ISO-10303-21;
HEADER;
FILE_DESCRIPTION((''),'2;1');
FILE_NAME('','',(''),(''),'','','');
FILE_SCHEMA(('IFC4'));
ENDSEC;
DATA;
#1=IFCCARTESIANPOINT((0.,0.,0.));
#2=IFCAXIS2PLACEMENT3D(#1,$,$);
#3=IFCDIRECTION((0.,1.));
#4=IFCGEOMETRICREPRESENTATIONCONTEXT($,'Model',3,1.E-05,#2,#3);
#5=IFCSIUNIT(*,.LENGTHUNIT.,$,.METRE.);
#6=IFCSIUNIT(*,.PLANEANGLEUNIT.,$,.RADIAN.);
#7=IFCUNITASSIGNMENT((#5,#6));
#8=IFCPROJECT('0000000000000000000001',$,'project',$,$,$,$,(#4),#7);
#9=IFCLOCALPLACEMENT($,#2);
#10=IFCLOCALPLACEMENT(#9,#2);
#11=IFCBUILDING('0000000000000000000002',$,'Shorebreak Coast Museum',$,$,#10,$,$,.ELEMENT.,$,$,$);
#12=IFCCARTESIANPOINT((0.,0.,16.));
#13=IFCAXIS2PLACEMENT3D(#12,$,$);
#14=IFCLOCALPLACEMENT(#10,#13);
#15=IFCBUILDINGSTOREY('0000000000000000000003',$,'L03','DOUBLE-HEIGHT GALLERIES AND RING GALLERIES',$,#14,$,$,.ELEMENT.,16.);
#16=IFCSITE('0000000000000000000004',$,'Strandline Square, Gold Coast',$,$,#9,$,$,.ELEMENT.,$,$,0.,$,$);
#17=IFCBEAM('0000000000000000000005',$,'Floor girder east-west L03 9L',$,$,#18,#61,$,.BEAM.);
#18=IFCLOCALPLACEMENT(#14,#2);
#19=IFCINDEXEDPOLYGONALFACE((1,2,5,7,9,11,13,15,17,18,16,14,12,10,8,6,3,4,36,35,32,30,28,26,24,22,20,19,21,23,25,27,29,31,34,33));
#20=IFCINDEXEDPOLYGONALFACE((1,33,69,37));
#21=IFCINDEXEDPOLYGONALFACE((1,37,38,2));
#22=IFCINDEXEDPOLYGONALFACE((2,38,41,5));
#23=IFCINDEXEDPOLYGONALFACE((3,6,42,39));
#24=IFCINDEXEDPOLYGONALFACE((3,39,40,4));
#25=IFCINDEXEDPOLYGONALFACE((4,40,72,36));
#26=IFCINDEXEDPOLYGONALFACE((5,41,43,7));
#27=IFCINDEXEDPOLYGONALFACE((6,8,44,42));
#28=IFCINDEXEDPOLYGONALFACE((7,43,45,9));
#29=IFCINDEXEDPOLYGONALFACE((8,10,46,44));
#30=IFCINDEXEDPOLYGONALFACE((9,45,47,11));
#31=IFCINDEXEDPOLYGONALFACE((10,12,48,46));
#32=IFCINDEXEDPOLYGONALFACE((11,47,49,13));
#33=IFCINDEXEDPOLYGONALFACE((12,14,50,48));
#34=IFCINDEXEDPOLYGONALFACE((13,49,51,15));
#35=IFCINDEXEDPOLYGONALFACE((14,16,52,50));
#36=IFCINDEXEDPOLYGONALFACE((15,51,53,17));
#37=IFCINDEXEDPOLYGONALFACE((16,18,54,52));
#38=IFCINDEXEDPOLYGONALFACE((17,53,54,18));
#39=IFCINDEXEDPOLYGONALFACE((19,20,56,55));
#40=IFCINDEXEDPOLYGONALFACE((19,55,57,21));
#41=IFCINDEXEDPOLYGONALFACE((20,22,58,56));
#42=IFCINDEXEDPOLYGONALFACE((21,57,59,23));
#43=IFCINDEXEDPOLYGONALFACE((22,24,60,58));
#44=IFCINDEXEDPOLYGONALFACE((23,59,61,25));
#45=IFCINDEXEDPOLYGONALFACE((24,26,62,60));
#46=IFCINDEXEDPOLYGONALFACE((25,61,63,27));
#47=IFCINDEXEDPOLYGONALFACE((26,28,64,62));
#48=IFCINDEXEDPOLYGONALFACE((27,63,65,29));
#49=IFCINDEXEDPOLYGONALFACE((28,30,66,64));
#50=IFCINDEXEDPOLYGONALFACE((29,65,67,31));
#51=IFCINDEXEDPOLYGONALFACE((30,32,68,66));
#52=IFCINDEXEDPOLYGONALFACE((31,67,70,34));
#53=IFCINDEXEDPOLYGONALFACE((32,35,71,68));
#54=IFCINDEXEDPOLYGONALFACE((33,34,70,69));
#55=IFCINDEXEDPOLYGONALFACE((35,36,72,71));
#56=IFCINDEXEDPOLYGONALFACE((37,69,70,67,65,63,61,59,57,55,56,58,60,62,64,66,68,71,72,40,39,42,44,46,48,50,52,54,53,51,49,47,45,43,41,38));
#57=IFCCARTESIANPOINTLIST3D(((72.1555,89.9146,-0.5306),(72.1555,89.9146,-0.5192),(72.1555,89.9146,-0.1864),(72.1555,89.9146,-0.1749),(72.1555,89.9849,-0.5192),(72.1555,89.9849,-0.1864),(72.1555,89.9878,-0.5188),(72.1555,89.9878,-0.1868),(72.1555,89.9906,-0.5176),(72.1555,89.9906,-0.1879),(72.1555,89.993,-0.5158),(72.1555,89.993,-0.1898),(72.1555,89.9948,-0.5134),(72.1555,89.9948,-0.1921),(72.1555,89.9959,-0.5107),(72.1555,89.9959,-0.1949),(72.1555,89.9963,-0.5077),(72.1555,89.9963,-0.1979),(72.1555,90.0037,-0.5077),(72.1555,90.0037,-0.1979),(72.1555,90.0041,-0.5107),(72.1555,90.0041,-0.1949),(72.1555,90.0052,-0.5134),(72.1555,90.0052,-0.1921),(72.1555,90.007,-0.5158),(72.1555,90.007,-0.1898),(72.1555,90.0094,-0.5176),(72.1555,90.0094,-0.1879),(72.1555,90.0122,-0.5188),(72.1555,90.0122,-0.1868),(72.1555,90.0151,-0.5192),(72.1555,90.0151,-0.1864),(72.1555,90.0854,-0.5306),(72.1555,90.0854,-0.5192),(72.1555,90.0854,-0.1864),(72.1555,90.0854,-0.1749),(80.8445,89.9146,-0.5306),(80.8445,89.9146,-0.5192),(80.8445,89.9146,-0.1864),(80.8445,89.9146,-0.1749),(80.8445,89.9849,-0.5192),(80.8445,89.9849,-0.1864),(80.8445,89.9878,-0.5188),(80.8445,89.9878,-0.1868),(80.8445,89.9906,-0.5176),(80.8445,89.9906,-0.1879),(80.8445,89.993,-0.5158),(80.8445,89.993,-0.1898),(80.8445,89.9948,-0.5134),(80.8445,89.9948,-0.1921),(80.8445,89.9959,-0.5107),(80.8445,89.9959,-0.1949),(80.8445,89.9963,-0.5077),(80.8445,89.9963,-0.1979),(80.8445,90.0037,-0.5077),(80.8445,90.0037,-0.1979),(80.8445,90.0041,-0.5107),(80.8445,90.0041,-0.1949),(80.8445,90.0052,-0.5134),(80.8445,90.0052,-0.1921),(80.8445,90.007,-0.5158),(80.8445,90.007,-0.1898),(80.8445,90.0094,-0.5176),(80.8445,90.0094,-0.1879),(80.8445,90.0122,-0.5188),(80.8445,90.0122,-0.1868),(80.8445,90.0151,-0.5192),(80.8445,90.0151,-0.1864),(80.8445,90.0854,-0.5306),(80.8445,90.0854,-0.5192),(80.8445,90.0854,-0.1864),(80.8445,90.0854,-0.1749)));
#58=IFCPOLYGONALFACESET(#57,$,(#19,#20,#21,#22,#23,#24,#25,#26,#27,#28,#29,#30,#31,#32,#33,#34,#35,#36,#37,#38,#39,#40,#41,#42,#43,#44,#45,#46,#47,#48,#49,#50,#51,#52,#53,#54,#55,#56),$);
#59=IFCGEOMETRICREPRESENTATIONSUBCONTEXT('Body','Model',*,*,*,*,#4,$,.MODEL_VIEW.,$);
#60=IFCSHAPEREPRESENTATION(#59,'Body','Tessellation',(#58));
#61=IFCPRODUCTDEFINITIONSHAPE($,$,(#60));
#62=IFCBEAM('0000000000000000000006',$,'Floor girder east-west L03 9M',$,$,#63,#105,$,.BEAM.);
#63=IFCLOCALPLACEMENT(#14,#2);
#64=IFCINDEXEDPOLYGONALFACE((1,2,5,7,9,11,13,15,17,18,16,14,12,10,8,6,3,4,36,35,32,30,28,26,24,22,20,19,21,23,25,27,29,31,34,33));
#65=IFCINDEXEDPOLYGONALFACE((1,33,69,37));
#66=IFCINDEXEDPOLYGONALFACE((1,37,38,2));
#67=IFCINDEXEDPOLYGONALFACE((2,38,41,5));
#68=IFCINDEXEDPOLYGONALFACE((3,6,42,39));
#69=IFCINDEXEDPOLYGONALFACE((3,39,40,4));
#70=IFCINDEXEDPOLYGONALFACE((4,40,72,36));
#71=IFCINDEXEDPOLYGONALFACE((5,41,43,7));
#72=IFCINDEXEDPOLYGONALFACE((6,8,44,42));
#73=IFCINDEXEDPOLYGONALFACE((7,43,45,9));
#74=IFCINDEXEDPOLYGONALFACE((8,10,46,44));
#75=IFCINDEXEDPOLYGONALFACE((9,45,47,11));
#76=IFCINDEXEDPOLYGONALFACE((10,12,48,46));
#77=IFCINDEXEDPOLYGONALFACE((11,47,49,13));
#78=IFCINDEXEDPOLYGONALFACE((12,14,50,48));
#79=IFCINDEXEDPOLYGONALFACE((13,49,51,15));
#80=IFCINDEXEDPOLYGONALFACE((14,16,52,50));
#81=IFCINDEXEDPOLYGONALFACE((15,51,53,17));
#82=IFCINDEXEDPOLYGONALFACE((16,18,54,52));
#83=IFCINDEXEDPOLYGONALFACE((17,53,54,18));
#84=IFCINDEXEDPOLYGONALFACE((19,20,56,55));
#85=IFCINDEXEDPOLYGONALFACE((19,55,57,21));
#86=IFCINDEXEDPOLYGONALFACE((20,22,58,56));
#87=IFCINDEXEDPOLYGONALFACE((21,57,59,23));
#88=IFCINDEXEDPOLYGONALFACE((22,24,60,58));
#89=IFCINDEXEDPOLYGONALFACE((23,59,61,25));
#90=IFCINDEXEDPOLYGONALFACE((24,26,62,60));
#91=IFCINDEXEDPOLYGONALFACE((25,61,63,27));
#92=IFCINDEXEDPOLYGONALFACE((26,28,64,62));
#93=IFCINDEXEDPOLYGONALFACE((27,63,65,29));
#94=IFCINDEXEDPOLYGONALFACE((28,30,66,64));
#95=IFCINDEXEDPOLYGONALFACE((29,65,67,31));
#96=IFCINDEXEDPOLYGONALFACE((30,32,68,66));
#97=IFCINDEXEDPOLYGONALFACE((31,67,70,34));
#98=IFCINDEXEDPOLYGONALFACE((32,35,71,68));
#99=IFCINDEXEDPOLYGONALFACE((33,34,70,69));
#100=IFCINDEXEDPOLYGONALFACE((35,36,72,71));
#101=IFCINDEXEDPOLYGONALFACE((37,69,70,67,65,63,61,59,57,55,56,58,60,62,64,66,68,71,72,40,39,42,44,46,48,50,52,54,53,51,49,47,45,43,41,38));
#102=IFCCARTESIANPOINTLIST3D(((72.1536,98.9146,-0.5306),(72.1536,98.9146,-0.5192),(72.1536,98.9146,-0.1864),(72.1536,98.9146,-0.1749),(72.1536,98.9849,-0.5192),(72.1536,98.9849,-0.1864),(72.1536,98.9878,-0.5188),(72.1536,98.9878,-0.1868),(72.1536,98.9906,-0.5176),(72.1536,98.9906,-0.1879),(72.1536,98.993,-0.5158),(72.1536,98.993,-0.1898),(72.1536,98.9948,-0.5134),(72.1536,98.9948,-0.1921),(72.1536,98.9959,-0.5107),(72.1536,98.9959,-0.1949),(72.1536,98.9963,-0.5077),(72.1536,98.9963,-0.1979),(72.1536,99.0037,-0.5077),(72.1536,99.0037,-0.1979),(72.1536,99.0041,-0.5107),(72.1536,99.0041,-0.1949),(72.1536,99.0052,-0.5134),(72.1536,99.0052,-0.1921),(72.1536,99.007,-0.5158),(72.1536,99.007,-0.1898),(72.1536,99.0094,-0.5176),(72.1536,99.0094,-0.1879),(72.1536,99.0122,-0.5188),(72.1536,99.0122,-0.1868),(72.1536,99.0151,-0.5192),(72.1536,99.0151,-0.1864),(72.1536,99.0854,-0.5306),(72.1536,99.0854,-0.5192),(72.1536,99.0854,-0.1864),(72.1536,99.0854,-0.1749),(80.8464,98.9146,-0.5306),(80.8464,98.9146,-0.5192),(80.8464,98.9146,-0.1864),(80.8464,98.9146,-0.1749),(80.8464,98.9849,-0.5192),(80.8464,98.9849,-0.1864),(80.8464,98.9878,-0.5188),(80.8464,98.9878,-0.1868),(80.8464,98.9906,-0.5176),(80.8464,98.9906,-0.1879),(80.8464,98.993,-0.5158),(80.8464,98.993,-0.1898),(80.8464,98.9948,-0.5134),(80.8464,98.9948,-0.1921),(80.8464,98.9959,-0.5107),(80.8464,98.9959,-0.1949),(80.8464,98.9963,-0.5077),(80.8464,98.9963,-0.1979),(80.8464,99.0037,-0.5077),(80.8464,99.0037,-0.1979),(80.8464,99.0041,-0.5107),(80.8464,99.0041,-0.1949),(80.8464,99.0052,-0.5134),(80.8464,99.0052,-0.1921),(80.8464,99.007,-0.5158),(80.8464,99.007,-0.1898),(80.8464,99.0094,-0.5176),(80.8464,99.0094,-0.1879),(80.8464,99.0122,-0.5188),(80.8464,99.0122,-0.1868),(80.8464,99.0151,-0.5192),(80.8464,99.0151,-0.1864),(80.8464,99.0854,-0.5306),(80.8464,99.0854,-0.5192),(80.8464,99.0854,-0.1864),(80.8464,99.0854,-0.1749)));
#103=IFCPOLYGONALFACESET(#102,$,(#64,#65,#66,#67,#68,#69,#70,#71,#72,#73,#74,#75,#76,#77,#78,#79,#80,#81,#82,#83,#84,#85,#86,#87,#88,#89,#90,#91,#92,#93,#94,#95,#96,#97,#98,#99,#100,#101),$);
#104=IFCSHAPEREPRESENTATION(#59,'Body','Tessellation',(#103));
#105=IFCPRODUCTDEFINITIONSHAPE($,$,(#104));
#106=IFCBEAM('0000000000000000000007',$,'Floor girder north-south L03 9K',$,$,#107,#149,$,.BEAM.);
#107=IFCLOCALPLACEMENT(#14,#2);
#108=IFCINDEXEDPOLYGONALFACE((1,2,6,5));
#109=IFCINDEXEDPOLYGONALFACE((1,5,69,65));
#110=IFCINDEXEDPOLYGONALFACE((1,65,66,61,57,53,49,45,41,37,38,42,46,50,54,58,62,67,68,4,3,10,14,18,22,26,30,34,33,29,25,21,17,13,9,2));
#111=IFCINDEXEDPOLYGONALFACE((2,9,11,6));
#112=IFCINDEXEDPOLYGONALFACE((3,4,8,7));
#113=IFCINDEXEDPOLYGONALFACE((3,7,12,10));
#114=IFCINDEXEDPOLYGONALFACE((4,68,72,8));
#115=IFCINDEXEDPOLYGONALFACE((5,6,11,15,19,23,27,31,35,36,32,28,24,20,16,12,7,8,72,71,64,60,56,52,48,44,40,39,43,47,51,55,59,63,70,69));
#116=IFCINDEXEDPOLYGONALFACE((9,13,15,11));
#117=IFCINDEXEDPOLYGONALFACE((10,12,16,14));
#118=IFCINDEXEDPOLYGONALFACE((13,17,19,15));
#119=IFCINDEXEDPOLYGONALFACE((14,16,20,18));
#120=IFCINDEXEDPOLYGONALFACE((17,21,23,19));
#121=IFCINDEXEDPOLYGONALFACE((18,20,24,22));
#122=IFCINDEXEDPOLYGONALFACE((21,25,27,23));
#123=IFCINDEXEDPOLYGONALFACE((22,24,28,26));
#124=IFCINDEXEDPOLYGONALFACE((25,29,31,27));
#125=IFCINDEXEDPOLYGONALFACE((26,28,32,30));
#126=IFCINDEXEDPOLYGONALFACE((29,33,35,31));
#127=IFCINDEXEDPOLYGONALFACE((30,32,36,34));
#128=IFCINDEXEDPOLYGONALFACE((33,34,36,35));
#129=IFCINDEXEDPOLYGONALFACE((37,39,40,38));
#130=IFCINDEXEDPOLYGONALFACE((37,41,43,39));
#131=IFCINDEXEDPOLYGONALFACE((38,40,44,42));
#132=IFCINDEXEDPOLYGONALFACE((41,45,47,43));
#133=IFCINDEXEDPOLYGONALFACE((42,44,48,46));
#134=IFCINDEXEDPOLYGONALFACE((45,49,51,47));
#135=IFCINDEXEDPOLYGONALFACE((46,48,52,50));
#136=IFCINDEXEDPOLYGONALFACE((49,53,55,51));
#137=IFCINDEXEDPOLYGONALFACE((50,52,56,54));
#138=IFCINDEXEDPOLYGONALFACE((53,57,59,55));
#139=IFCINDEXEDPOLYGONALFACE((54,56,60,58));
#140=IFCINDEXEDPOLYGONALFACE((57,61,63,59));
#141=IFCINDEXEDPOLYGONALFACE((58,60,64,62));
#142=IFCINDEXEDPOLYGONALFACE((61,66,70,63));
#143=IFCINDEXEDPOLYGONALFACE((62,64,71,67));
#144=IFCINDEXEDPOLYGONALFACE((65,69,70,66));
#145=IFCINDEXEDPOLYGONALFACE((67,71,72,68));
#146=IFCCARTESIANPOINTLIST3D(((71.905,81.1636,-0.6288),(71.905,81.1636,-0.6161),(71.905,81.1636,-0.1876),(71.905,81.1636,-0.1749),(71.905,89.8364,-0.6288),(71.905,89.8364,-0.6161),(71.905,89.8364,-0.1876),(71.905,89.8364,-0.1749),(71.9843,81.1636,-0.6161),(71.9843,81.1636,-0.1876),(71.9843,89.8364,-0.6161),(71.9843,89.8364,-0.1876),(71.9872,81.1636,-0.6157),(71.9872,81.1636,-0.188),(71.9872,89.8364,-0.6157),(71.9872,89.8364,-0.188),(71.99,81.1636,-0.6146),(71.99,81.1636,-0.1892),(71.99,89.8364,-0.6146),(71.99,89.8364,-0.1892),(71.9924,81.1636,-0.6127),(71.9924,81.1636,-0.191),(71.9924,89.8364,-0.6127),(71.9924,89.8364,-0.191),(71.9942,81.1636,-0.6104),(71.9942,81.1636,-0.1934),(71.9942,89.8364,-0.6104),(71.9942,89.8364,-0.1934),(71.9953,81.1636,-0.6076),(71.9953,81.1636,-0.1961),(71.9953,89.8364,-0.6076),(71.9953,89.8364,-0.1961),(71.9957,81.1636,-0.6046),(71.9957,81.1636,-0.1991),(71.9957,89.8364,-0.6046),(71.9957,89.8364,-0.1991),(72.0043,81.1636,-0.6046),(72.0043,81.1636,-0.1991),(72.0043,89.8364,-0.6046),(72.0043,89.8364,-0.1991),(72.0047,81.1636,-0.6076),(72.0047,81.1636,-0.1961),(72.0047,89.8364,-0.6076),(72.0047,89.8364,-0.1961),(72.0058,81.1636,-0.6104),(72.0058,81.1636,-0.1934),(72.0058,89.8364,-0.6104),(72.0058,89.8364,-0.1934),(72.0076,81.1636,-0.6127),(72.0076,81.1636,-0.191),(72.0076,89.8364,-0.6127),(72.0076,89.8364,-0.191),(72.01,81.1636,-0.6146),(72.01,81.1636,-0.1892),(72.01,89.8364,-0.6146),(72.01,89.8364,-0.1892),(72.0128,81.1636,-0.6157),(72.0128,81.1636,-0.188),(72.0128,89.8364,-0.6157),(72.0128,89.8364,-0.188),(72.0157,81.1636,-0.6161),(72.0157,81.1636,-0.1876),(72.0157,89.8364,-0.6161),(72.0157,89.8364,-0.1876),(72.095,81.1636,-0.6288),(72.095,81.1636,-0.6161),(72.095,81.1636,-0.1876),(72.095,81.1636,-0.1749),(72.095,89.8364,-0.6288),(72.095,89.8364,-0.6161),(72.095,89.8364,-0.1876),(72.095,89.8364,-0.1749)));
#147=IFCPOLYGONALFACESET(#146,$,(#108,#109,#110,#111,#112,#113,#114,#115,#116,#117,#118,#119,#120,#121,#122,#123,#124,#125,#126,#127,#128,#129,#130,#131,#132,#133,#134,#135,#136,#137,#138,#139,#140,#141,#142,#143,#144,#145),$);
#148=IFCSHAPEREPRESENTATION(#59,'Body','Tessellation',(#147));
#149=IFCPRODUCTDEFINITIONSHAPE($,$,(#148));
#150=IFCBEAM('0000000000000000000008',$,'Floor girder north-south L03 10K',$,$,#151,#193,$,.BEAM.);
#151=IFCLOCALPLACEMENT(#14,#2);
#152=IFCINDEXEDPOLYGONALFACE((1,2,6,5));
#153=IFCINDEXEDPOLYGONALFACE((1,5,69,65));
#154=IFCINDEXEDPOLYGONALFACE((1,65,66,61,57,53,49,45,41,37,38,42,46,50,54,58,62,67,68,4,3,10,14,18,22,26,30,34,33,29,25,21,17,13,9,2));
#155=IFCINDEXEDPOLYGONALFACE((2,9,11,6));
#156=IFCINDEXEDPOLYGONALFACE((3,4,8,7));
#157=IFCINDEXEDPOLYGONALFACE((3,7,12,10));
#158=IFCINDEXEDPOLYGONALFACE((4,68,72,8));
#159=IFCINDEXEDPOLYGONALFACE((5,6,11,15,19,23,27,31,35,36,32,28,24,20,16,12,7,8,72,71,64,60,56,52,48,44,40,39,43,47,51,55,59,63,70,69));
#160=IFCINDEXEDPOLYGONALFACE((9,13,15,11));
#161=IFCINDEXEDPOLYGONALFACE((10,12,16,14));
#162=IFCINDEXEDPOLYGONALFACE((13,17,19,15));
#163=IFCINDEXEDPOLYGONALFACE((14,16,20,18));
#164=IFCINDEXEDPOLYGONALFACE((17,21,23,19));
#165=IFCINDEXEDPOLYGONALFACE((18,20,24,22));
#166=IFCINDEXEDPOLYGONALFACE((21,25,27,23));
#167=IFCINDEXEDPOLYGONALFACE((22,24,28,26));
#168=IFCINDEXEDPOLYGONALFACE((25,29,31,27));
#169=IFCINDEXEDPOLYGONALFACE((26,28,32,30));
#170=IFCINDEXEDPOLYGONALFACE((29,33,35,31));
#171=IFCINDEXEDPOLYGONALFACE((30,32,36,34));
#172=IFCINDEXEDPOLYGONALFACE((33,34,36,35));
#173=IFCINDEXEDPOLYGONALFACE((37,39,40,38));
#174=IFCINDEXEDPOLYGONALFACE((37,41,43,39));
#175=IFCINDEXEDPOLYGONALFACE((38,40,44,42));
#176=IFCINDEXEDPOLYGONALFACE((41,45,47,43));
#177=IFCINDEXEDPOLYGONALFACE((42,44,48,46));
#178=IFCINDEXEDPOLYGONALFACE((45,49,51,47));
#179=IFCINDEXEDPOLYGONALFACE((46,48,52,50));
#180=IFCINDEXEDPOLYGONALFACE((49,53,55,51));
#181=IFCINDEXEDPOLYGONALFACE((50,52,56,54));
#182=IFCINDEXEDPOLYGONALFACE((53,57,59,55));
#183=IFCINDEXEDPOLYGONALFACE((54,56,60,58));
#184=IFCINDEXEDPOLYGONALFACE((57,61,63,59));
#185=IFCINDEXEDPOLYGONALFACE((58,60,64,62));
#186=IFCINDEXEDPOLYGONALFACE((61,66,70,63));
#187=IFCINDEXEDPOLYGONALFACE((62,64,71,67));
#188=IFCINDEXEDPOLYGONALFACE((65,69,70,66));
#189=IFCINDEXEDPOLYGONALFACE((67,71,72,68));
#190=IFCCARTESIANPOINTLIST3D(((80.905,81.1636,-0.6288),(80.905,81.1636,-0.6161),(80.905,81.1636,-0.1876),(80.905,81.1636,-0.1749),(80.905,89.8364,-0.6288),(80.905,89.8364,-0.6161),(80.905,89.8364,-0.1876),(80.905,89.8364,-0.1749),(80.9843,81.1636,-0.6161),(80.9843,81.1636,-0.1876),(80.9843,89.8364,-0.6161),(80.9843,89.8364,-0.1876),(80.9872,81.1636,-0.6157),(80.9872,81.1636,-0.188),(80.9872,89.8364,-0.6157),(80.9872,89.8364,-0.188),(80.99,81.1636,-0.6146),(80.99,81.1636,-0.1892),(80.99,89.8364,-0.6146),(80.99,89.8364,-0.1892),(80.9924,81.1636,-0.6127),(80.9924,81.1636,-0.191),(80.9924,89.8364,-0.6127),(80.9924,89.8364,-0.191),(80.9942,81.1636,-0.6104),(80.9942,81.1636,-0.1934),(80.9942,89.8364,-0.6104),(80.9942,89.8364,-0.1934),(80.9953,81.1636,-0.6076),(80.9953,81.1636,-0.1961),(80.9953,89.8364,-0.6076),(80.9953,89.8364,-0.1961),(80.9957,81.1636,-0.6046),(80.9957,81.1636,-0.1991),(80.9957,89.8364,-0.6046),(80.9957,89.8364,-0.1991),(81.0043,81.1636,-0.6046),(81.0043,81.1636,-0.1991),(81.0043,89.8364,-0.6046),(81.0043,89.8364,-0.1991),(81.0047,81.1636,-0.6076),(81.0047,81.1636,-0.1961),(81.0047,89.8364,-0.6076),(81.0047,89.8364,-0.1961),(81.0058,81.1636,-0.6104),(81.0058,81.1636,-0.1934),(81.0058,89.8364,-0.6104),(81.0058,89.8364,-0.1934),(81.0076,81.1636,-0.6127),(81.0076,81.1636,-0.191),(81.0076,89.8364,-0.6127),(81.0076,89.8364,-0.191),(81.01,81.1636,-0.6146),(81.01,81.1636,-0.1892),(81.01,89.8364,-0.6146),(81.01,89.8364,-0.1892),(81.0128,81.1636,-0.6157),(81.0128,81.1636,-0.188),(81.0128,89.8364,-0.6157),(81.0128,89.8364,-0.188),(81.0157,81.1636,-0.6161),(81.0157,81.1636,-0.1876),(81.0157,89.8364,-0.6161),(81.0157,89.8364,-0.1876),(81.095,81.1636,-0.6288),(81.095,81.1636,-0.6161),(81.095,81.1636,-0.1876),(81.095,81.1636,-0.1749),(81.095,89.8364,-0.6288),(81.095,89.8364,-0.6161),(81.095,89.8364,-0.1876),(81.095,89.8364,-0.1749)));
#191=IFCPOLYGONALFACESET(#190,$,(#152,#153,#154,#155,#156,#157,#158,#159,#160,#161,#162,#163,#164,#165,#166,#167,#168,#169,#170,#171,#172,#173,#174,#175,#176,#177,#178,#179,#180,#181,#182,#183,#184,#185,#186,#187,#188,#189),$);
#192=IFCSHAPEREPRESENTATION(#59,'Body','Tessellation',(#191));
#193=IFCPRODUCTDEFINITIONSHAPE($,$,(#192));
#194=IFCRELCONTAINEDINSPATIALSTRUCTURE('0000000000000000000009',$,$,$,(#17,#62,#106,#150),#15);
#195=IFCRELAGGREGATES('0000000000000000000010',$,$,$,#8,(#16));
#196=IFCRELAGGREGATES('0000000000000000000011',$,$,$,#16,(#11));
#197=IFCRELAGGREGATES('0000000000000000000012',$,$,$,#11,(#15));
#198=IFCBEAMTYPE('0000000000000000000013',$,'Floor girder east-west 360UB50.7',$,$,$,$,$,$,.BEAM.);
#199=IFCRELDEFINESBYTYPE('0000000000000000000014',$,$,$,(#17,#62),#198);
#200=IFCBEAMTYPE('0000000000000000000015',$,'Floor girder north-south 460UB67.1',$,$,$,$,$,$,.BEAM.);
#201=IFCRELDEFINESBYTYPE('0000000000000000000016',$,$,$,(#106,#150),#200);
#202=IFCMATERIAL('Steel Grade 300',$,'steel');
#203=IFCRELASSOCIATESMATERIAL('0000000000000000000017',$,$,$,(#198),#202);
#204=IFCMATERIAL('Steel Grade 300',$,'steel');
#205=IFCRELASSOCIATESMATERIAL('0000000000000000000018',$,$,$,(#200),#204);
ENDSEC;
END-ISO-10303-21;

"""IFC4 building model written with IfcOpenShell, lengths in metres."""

from ifc_helpers import new_model, si_unit, direction, frame, origin, origin_2d, place, context, subcontext, project, spatial, i_section, extrude, material, material_profile, profile_set, type_object, element, save


model = new_model("IFC4")

# Units and contexts
model_context = context("Model", 3, precision=1e-05, world=origin(), true_north=direction((0.0, 1.0)))
body_context = subcontext(model_context, "Body", "Model", "MODEL_VIEW")
ifc_project = project(units=[si_unit("LENGTHUNIT", "METRE"), si_unit("PLANEANGLEUNIT", "RADIAN")], contexts=[model_context])

# Site, building, storey
site_placement = place(None, origin())
site = spatial("IfcSite", under=ifc_project, at=site_placement, Name="Strandline Square, Gold Coast", CompositionType="ELEMENT", RefElevation=0.0)
building_placement = place(site_placement, origin())
building = spatial("IfcBuilding", under=site, at=building_placement, Name="Shorebreak Coast Museum", CompositionType="ELEMENT")
storey_placement = place(building_placement, frame((0.0, 0.0, 16.0)))
storey = spatial("IfcBuildingStorey", under=building, at=storey_placement, Name="L03", Description="DOUBLE-HEIGHT GALLERIES AND RING GALLERIES", CompositionType="ELEMENT", Elevation=16.0)

# Beams
ifc_material_1 = material(Name="Steel Grade 300", Category="steel")
ifc_material_profile_1 = material_profile(ifc_material_1, i_section(OverallWidth=0.1709, OverallDepth=0.3557, WebThickness=0.0073, FlangeThickness=0.0115, FilletRadius=0.0115, at=origin_2d()), Name="360UB50.7")
ifc_profile_set_1 = profile_set([ifc_material_profile_1], Name="Steel Grade 300")
beam_type_1 = type_object("IfcBeamType", Name="Floor girder east-west 360UB50.7", PredefinedType="BEAM", material=ifc_profile_set_1)
beam_1_placement = place(storey_placement, frame((72.1555, 90.0, -0.3528), z_axis=(1.0, 0.0, 0.0), x_axis=(0.0, 1.0, 0.0)))
element("IfcBeam", 1, at=beam_1_placement, inside=storey, type_object=beam_type_1, Name="Floor girder east-west L03 9L", PredefinedType="BEAM", context=body_context, shape_type="SweptSolid", body=[
    extrude(i_section(OverallWidth=0.1709, OverallDepth=0.3557, WebThickness=0.0073, FlangeThickness=0.0115, FilletRadius=0.0115, at=origin_2d()), origin(), (0.0, 0.0, 1.0), 8.689),
])
beam_2_placement = place(storey_placement, frame((72.1536, 99.0, -0.3528), z_axis=(1.0, 0.0, 0.0), x_axis=(0.0, 1.0, 0.0)))
element("IfcBeam", 2, at=beam_2_placement, inside=storey, type_object=beam_type_1, Name="Floor girder east-west L03 9M", PredefinedType="BEAM", context=body_context, shape_type="SweptSolid", body=[
    extrude(i_section(OverallWidth=0.1709, OverallDepth=0.3557, WebThickness=0.0073, FlangeThickness=0.0115, FilletRadius=0.0115, at=origin_2d()), origin(), (0.0, 0.0, 1.0), 8.6929),
])
ifc_material_2 = material(Name="Steel Grade 300", Category="steel")
ifc_material_profile_2 = material_profile(ifc_material_2, i_section(OverallWidth=0.1899, OverallDepth=0.4539, WebThickness=0.0085, FlangeThickness=0.0127, FilletRadius=0.0115, at=origin_2d()), Name="460UB67.1")
ifc_profile_set_2 = profile_set([ifc_material_profile_2], Name="Steel Grade 300")
beam_type_2 = type_object("IfcBeamType", Name="Floor girder north-south 460UB67.1", PredefinedType="BEAM", material=ifc_profile_set_2)
for number, where, z_axis, x_axis, name in (
    (3, (72.0, 81.1636, -0.4019), (0.0, 1.0, 0.0), (-1.0, 0.0, 0.0), "Floor girder north-south L03 9K"),
    (4, (81.0, 81.1636, -0.4019), (0.0, 1.0, 0.0), (-1.0, 0.0, 0.0), "Floor girder north-south L03 10K"),
):
    element("IfcBeam", number, at=place(storey_placement, frame(where, z_axis=z_axis, x_axis=x_axis)), inside=storey, type_object=beam_type_2, Name=name, PredefinedType="BEAM", context=body_context, shape_type="SweptSolid", body=[
        extrude(i_section(OverallWidth=0.1899, OverallDepth=0.4539, WebThickness=0.0085, FlangeThickness=0.0127, FilletRadius=0.0115, at=origin_2d()), origin(), (0.0, 0.0, 1.0), 8.6729),
    ])

save(model, "model.ifc")
